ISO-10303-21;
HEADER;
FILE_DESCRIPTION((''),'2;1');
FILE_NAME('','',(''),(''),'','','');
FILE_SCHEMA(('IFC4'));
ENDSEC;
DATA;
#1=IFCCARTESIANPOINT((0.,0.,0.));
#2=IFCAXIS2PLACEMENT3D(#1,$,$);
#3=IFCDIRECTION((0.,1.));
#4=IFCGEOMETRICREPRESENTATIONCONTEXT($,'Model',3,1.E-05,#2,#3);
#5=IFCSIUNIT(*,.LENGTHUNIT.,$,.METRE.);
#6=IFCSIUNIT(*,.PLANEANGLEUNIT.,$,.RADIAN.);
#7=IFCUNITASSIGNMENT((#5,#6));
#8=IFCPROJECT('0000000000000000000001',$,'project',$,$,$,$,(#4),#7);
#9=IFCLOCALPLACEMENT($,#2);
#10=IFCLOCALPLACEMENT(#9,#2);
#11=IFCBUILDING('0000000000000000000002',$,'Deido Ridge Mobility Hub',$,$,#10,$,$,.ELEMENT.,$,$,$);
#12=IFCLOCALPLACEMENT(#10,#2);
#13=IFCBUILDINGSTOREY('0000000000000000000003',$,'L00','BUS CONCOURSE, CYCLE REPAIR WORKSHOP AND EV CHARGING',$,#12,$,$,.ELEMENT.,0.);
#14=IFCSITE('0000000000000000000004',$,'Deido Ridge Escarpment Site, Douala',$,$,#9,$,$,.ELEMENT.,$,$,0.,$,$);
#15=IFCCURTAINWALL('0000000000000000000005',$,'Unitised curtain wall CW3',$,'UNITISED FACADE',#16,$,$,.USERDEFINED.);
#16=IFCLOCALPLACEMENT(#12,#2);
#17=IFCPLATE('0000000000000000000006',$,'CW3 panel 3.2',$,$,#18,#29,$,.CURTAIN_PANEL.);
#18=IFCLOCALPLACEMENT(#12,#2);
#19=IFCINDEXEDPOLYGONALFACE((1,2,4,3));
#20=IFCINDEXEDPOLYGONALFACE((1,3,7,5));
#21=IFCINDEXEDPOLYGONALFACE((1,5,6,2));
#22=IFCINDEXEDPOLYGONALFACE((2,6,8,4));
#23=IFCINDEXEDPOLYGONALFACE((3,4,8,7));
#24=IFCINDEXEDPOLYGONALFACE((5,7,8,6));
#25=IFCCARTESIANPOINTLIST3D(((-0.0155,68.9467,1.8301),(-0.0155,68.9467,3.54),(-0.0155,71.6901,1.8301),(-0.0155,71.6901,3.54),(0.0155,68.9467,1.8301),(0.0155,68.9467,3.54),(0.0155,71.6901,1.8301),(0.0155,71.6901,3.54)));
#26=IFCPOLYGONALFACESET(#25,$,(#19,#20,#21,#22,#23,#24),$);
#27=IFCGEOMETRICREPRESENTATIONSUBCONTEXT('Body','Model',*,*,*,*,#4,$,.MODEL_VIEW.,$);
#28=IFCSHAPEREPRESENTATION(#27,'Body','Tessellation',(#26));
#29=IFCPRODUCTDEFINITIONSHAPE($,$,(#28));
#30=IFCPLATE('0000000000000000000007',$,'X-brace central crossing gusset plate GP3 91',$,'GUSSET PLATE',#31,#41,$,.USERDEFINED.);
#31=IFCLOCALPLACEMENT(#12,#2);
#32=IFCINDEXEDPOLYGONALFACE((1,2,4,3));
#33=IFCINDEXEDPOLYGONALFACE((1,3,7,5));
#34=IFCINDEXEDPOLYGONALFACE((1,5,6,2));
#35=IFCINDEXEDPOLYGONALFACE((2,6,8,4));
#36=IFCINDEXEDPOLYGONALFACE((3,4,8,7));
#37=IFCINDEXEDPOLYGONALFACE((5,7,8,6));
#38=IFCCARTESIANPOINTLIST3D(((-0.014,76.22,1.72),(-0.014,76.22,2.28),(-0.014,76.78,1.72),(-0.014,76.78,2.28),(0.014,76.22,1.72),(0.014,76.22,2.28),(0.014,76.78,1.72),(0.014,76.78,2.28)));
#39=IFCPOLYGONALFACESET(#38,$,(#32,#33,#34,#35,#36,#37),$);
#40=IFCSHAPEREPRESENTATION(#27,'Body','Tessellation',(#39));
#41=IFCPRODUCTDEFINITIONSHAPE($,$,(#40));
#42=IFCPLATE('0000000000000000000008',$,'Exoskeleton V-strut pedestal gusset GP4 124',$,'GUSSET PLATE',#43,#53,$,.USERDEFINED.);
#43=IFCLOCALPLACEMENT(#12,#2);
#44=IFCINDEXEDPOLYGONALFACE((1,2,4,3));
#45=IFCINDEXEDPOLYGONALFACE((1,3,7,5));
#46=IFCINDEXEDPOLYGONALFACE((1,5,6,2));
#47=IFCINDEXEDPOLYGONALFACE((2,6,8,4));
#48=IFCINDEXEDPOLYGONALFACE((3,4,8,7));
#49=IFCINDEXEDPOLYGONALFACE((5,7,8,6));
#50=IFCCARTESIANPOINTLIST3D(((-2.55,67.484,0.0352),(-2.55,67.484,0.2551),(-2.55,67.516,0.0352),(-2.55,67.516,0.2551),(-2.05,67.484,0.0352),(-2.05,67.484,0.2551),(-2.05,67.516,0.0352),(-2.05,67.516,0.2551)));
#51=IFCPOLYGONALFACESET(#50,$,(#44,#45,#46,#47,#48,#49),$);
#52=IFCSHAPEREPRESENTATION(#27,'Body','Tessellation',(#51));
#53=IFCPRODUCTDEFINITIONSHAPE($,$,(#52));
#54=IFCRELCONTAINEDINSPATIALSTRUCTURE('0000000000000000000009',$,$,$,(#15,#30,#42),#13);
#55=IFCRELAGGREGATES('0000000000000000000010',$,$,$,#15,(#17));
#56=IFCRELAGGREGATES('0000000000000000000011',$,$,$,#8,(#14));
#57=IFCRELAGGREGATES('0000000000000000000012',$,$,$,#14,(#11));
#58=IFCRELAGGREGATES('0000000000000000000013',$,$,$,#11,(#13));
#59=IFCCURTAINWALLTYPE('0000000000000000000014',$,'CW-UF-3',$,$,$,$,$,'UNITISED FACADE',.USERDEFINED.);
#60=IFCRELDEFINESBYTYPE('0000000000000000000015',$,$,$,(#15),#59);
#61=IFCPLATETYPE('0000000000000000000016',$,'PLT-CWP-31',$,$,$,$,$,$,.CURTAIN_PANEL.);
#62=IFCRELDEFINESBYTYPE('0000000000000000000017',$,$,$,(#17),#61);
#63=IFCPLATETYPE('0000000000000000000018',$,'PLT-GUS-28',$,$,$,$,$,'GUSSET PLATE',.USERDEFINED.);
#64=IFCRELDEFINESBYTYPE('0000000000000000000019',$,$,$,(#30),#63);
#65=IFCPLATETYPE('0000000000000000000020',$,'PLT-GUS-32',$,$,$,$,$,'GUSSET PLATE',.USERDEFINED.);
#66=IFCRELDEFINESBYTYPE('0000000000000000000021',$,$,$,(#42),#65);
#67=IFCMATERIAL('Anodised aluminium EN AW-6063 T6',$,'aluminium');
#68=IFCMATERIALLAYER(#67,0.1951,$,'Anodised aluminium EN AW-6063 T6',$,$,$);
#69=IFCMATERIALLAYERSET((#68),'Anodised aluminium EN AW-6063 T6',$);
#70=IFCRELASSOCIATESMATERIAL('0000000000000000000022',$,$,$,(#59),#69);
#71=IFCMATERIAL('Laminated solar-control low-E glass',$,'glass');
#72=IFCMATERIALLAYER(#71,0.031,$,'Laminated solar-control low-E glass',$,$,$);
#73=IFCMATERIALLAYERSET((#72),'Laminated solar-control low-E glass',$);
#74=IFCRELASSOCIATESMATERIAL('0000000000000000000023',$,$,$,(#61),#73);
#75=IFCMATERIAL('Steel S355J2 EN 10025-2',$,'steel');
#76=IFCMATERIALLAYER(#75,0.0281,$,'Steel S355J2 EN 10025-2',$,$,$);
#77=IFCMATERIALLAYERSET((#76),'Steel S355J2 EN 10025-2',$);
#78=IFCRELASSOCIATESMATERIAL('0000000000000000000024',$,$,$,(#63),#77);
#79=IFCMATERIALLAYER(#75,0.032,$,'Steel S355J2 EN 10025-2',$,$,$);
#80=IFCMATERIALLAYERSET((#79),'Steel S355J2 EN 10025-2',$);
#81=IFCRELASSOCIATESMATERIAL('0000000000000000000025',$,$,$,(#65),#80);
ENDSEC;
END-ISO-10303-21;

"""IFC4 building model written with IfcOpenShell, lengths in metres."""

from ifc_helpers import new_model, si_unit, direction, frame, origin, origin_2d, place, context, subcontext, project, spatial, rectangle, extrude, material, layer, layer_set, type_object, element, aggregate, save


model = new_model("IFC4")

# Units and contexts
model_context = context("Model", 3, precision=1e-05, world=origin(), true_north=direction((0.0, 1.0)))
body_context = subcontext(model_context, "Body", "Model", "MODEL_VIEW")
ifc_project = project(units=[si_unit("LENGTHUNIT", "METRE"), si_unit("PLANEANGLEUNIT", "RADIAN")], contexts=[model_context])

# Site, building, storey
site_placement = place(None, origin())
site = spatial("IfcSite", under=ifc_project, at=site_placement, Name="Deido Ridge Escarpment Site, Douala", CompositionType="ELEMENT", RefElevation=0.0)
building_placement = place(site_placement, origin())
building = spatial("IfcBuilding", under=site, at=building_placement, Name="Deido Ridge Mobility Hub", CompositionType="ELEMENT")
storey_placement = place(building_placement, origin())
storey = spatial("IfcBuildingStorey", under=building, at=storey_placement, Name="L00", Description="BUS CONCOURSE, CYCLE REPAIR WORKSHOP AND EV CHARGING", CompositionType="ELEMENT", Elevation=0.0)

# Shared definitions
ifc_material_1 = material(Name="Steel S355J2 EN 10025-2", Category="steel")

# Curtain wall
ifc_material_2 = material(Name="Anodised aluminium EN AW-6063 T6", Category="aluminium")
ifc_layer_1 = layer(ifc_material_2, 0.1951, Name="Anodised aluminium EN AW-6063 T6")
ifc_layer_set_1 = layer_set([ifc_layer_1], Name="Anodised aluminium EN AW-6063 T6")
curtain_wall_type_1 = type_object("IfcCurtainWallType", Name="CW-UF-3", ElementType="UNITISED FACADE", PredefinedType="USERDEFINED", material=ifc_layer_set_1)
curtain_wall_1_placement = place(storey_placement, origin())
curtain_wall_1 = element("IfcCurtainWall", 1, at=curtain_wall_1_placement, inside=storey, type_object=curtain_wall_type_1, Name="Unitised curtain wall CW3", ObjectType="UNITISED FACADE", PredefinedType="USERDEFINED")

# Plate
ifc_material_3 = material(Name="Laminated solar-control low-E glass", Category="glass")
ifc_layer_2 = layer(ifc_material_3, 0.031, Name="Laminated solar-control low-E glass")
ifc_layer_set_2 = layer_set([ifc_layer_2], Name="Laminated solar-control low-E glass")
plate_type_1 = type_object("IfcPlateType", Name="PLT-CWP-31", PredefinedType="CURTAIN_PANEL", material=ifc_layer_set_2)
plate_1_placement = place(storey_placement, frame((0.0, 70.3184, 1.8301), z_axis=(0.0, 0.0, 1.0), x_axis=(0.0, 1.0, 0.0)))
plate_1 = element("IfcPlate", 2, at=plate_1_placement, type_object=plate_type_1, Name="CW3 panel 3.2", PredefinedType="CURTAIN_PANEL", context=body_context, shape_type="SweptSolid", body=[
    extrude(rectangle(XDim=2.7434, YDim=0.031, at=origin_2d()), origin(), (0.0, 0.0, 1.0), 1.71),
])
aggregate(curtain_wall_1, [plate_1])

# Plates
ifc_layer_3 = layer(ifc_material_1, 0.0281, Name="Steel S355J2 EN 10025-2")
ifc_layer_set_3 = layer_set([ifc_layer_3], Name="Steel S355J2 EN 10025-2")
plate_type_2 = type_object("IfcPlateType", Name="PLT-GUS-28", ElementType="GUSSET PLATE", PredefinedType="USERDEFINED", material=ifc_layer_set_3)
plate_2_placement = place(storey_placement, frame((0.0, 76.5, 1.72), z_axis=(0.0, 0.0, 1.0), x_axis=(0.0, 1.0, 0.0)))
element("IfcPlate", 3, at=plate_2_placement, inside=storey, type_object=plate_type_2, Name="X-brace central crossing gusset plate GP3 91", ObjectType="GUSSET PLATE", PredefinedType="USERDEFINED", context=body_context, shape_type="SweptSolid", body=[
    extrude(rectangle(XDim=0.5601, YDim=0.0281, at=origin_2d()), origin(), (0.0, 0.0, 1.0), 0.5601),
])
ifc_layer_4 = layer(ifc_material_1, 0.032, Name="Steel S355J2 EN 10025-2")
ifc_layer_set_4 = layer_set([ifc_layer_4], Name="Steel S355J2 EN 10025-2")
plate_type_3 = type_object("IfcPlateType", Name="PLT-GUS-32", ElementType="GUSSET PLATE", PredefinedType="USERDEFINED", material=ifc_layer_set_4)
plate_3_placement = place(storey_placement, frame((-2.3, 67.5, 0.0352), z_axis=(0.0, 0.0, 1.0), x_axis=(1.0, 0.0, 0.0)))
element("IfcPlate", 4, at=plate_3_placement, inside=storey, type_object=plate_type_3, Name="Exoskeleton V-strut pedestal gusset GP4 124", ObjectType="GUSSET PLATE", PredefinedType="USERDEFINED", context=body_context, shape_type="SweptSolid", body=[
    extrude(rectangle(XDim=0.5, YDim=0.032, at=origin_2d()), origin(), (0.0, 0.0, 1.0), 0.22),
])

save(model, "model.ifc")
